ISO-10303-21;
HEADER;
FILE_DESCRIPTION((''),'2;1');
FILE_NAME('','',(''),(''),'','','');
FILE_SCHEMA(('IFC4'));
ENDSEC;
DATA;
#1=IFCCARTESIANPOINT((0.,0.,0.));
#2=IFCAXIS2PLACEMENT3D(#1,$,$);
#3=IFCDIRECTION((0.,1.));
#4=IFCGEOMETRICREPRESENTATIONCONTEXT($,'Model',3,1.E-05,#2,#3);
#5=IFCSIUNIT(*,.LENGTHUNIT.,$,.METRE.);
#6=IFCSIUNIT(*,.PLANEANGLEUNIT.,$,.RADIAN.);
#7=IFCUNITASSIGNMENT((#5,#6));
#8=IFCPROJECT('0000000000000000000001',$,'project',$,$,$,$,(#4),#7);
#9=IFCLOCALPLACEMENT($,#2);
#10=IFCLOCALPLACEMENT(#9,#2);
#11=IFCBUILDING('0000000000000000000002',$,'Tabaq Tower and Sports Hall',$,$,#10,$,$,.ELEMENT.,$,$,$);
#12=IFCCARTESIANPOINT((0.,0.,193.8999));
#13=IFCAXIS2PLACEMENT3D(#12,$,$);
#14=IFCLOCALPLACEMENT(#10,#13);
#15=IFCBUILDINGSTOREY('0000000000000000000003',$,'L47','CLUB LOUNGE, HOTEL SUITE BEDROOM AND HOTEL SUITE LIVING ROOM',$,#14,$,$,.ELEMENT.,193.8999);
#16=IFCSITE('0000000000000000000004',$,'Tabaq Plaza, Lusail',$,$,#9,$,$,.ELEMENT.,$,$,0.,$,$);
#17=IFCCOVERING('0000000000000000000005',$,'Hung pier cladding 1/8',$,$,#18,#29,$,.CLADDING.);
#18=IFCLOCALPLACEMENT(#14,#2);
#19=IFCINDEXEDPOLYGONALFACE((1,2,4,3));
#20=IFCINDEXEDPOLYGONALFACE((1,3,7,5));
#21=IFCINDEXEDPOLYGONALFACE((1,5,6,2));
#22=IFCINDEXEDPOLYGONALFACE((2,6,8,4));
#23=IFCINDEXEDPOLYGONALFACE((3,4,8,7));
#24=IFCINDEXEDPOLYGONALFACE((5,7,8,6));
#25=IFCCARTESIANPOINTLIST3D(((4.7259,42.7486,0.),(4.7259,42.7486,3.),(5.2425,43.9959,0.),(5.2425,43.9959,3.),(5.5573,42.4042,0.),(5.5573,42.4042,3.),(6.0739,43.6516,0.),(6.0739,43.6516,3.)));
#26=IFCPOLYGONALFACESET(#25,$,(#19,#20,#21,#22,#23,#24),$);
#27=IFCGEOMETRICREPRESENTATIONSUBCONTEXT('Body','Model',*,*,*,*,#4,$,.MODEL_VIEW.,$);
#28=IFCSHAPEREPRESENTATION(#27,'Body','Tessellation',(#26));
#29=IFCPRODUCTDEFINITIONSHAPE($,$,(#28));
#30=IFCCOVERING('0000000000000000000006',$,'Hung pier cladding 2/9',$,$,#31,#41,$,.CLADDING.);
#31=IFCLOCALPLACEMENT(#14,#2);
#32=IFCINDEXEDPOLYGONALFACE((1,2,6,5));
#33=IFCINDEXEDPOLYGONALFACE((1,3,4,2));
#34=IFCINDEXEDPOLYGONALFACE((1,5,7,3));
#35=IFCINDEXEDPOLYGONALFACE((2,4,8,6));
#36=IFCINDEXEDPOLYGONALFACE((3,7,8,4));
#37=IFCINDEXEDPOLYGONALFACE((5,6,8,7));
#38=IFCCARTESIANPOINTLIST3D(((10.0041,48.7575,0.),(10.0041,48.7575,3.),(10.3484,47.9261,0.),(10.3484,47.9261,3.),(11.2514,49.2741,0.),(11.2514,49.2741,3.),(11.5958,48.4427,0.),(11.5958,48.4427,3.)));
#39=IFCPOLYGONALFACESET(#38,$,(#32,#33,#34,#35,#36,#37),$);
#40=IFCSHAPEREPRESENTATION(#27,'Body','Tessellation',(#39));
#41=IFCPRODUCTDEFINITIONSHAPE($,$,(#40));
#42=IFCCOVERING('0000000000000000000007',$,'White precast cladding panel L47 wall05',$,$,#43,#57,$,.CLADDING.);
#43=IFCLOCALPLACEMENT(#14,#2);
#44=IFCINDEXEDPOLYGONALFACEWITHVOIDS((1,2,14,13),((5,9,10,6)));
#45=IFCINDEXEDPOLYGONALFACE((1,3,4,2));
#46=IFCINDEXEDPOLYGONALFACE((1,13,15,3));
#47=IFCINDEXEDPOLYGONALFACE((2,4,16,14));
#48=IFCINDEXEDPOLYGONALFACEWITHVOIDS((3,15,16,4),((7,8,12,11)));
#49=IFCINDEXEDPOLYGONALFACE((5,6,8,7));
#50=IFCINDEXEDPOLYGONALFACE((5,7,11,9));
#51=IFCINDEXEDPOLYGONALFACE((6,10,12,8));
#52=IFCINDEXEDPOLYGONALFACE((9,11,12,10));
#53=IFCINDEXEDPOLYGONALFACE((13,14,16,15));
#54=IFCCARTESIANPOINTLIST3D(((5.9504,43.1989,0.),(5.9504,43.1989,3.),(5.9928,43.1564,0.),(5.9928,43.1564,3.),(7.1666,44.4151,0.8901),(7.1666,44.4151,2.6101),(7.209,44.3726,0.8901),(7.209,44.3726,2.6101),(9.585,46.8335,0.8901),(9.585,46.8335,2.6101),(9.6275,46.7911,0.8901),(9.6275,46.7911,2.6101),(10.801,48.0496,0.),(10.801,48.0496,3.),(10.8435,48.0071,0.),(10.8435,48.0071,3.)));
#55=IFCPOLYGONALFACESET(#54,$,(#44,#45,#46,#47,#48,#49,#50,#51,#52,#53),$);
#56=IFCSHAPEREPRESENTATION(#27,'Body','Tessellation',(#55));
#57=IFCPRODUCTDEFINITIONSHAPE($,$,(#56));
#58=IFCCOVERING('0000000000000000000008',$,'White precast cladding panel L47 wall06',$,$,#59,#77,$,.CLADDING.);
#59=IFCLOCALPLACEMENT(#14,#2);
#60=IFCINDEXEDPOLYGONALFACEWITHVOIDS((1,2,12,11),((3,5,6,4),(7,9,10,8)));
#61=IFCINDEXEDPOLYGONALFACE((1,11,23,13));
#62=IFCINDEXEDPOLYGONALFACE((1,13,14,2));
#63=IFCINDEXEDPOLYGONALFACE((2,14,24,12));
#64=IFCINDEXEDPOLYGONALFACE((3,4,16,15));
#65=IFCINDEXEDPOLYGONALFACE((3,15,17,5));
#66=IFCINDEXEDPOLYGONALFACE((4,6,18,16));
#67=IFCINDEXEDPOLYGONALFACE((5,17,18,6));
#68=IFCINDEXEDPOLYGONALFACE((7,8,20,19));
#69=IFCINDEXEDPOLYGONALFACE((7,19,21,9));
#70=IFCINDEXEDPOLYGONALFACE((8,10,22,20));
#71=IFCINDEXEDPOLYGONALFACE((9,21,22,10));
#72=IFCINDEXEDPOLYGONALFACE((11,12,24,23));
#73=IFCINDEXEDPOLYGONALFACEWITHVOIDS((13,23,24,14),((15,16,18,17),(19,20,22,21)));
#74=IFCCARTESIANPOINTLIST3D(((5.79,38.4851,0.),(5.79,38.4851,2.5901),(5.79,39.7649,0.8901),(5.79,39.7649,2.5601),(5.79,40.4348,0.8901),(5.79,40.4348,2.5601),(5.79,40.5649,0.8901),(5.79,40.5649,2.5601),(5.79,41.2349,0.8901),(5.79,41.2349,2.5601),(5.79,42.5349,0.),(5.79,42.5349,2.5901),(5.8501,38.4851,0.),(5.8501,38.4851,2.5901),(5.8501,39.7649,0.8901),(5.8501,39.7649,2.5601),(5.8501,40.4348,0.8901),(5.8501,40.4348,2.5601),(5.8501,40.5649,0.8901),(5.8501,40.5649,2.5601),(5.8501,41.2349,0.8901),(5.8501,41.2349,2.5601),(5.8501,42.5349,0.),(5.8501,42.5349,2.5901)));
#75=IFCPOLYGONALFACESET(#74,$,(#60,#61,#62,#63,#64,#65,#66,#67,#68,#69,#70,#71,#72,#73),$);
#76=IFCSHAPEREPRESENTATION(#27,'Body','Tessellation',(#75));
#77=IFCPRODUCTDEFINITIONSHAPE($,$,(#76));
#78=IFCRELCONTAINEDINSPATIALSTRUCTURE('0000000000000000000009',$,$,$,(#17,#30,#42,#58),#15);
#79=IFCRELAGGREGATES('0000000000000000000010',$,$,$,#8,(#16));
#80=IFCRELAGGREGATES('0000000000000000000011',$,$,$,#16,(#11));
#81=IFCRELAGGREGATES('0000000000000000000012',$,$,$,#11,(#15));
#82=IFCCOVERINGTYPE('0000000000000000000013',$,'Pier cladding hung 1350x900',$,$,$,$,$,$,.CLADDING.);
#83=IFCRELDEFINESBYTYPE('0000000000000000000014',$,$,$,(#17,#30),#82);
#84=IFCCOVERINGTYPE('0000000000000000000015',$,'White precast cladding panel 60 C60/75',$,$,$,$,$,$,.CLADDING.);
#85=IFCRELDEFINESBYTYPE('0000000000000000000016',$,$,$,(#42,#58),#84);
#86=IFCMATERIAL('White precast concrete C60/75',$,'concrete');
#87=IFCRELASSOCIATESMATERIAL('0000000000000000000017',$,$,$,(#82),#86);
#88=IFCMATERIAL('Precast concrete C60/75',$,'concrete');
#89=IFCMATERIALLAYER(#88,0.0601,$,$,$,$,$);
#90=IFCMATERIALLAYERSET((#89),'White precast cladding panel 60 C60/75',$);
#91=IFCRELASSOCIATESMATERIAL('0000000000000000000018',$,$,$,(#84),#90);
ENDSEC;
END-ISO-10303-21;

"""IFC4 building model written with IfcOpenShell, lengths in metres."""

from ifc_helpers import new_model, si_unit, direction, frame, frame_2d, origin, place, context, subcontext, project, spatial, polyline, rectangle, outline, extrude, material, layer, layer_set, type_object, element, save


model = new_model("IFC4")

# Units and contexts
model_context = context("Model", 3, precision=1e-05, world=origin(), true_north=direction((0.0, 1.0)))
body_context = subcontext(model_context, "Body", "Model", "MODEL_VIEW")
ifc_project = project(units=[si_unit("LENGTHUNIT", "METRE"), si_unit("PLANEANGLEUNIT", "RADIAN")], contexts=[model_context])

# Site, building, storey
site_placement = place(None, origin())
site = spatial("IfcSite", under=ifc_project, at=site_placement, Name="Tabaq Plaza, Lusail", CompositionType="ELEMENT", RefElevation=0.0)
building_placement = place(site_placement, origin())
building = spatial("IfcBuilding", under=site, at=building_placement, Name="Tabaq Tower and Sports Hall", CompositionType="ELEMENT")
storey_placement = place(building_placement, frame((0.0, 0.0, 193.8999)))
storey = spatial("IfcBuildingStorey", under=building, at=storey_placement, Name="L47", Description="CLUB LOUNGE, HOTEL SUITE BEDROOM AND HOTEL SUITE LIVING ROOM", CompositionType="ELEMENT", Elevation=193.8999)

# Coverings
ifc_material_1 = material(Name="White precast concrete C60/75", Category="concrete")
covering_type_1 = type_object("IfcCoveringType", Name="Pier cladding hung 1350x900", PredefinedType="CLADDING", material=ifc_material_1)
for number, where, z_axis, x_axis, name in (
    (1, (5.6582, 43.8237, 0.0), (0.0, 0.0, 1.0), (-0.38265, -0.923893, 0.0), "Hung pier cladding 1/8"),
    (2, (11.4236, 48.8584, 0.0), (0.0, 0.0, 1.0), (-0.923893, -0.38265, 0.0), "Hung pier cladding 2/9"),
):
    element("IfcCovering", number, at=place(storey_placement, frame(where, z_axis=z_axis, x_axis=x_axis)), inside=storey, type_object=covering_type_1, Name=name, PredefinedType="CLADDING", context=body_context, shape_type="SweptSolid", body=[
        extrude(rectangle(XDim=1.3501, YDim=0.8999, at=frame_2d((0.675, 0.0))), origin(), (0.0, 0.0, 1.0), 3.0),
    ])
ifc_material_2 = material(Name="Precast concrete C60/75", Category="concrete")
ifc_layer_1 = layer(ifc_material_2, 0.0601)
ifc_layer_set_1 = layer_set([ifc_layer_1], Name="White precast cladding panel 60 C60/75")
covering_type_2 = type_object("IfcCoveringType", Name="White precast cladding panel 60 C60/75", PredefinedType="CLADDING", material=ifc_layer_set_1)
covering_1_placement = place(storey_placement, frame((10.8223, 48.0283, 0.0), z_axis=(0.0, 0.0, 1.0), x_axis=(-0.707107, -0.707107, 0.0)))
element("IfcCovering", 3, at=covering_1_placement, inside=storey, type_object=covering_type_2, Name="White precast cladding panel L47 wall05", PredefinedType="CLADDING", context=body_context, shape_type="SweptSolid", body=[
    extrude(outline(polyline([(0.0, 0.0), (6.8599, 0.0), (6.8599, 3.0), (0.0, 3.0), (0.0, 0.0)]), holes=[polyline([(1.7197, 0.8901), (1.7197, 2.6101), (5.1399, 2.6101), (5.1399, 0.8901), (1.7197, 0.8901)])]), frame((0.0, 0.03, 0.0), z_axis=(0.0, -1.0, 0.0), x_axis=(1.0, 0.0, 0.0)), (0.0, 0.0, 1.0), 0.0601),
])
covering_2_placement = place(storey_placement, frame((5.8201, 42.5349, 0.0), z_axis=(0.0, 0.0, 1.0), x_axis=(0.0, -1.0, 0.0)))
element("IfcCovering", 4, at=covering_2_placement, inside=storey, type_object=covering_type_2, Name="White precast cladding panel L47 wall06", PredefinedType="CLADDING", context=body_context, shape_type="SweptSolid", body=[
    extrude(outline(polyline([(0.0, 0.0), (4.0498, 0.0), (4.0498, 2.5901), (0.0, 2.5901), (0.0, 0.0)]), holes=[polyline([(1.3, 0.8901), (1.3, 2.5601), (1.97, 2.5601), (1.97, 0.8901), (1.3, 0.8901)]), polyline([(2.1001, 0.8901), (2.1001, 2.5601), (2.77, 2.5601), (2.77, 0.8901), (2.1001, 0.8901)])]), frame((0.0, 0.03, 0.0), z_axis=(0.0, -1.0, 0.0), x_axis=(1.0, 0.0, 0.0)), (0.0, 0.0, 1.0), 0.0601),
])

save(model, "model.ifc")
